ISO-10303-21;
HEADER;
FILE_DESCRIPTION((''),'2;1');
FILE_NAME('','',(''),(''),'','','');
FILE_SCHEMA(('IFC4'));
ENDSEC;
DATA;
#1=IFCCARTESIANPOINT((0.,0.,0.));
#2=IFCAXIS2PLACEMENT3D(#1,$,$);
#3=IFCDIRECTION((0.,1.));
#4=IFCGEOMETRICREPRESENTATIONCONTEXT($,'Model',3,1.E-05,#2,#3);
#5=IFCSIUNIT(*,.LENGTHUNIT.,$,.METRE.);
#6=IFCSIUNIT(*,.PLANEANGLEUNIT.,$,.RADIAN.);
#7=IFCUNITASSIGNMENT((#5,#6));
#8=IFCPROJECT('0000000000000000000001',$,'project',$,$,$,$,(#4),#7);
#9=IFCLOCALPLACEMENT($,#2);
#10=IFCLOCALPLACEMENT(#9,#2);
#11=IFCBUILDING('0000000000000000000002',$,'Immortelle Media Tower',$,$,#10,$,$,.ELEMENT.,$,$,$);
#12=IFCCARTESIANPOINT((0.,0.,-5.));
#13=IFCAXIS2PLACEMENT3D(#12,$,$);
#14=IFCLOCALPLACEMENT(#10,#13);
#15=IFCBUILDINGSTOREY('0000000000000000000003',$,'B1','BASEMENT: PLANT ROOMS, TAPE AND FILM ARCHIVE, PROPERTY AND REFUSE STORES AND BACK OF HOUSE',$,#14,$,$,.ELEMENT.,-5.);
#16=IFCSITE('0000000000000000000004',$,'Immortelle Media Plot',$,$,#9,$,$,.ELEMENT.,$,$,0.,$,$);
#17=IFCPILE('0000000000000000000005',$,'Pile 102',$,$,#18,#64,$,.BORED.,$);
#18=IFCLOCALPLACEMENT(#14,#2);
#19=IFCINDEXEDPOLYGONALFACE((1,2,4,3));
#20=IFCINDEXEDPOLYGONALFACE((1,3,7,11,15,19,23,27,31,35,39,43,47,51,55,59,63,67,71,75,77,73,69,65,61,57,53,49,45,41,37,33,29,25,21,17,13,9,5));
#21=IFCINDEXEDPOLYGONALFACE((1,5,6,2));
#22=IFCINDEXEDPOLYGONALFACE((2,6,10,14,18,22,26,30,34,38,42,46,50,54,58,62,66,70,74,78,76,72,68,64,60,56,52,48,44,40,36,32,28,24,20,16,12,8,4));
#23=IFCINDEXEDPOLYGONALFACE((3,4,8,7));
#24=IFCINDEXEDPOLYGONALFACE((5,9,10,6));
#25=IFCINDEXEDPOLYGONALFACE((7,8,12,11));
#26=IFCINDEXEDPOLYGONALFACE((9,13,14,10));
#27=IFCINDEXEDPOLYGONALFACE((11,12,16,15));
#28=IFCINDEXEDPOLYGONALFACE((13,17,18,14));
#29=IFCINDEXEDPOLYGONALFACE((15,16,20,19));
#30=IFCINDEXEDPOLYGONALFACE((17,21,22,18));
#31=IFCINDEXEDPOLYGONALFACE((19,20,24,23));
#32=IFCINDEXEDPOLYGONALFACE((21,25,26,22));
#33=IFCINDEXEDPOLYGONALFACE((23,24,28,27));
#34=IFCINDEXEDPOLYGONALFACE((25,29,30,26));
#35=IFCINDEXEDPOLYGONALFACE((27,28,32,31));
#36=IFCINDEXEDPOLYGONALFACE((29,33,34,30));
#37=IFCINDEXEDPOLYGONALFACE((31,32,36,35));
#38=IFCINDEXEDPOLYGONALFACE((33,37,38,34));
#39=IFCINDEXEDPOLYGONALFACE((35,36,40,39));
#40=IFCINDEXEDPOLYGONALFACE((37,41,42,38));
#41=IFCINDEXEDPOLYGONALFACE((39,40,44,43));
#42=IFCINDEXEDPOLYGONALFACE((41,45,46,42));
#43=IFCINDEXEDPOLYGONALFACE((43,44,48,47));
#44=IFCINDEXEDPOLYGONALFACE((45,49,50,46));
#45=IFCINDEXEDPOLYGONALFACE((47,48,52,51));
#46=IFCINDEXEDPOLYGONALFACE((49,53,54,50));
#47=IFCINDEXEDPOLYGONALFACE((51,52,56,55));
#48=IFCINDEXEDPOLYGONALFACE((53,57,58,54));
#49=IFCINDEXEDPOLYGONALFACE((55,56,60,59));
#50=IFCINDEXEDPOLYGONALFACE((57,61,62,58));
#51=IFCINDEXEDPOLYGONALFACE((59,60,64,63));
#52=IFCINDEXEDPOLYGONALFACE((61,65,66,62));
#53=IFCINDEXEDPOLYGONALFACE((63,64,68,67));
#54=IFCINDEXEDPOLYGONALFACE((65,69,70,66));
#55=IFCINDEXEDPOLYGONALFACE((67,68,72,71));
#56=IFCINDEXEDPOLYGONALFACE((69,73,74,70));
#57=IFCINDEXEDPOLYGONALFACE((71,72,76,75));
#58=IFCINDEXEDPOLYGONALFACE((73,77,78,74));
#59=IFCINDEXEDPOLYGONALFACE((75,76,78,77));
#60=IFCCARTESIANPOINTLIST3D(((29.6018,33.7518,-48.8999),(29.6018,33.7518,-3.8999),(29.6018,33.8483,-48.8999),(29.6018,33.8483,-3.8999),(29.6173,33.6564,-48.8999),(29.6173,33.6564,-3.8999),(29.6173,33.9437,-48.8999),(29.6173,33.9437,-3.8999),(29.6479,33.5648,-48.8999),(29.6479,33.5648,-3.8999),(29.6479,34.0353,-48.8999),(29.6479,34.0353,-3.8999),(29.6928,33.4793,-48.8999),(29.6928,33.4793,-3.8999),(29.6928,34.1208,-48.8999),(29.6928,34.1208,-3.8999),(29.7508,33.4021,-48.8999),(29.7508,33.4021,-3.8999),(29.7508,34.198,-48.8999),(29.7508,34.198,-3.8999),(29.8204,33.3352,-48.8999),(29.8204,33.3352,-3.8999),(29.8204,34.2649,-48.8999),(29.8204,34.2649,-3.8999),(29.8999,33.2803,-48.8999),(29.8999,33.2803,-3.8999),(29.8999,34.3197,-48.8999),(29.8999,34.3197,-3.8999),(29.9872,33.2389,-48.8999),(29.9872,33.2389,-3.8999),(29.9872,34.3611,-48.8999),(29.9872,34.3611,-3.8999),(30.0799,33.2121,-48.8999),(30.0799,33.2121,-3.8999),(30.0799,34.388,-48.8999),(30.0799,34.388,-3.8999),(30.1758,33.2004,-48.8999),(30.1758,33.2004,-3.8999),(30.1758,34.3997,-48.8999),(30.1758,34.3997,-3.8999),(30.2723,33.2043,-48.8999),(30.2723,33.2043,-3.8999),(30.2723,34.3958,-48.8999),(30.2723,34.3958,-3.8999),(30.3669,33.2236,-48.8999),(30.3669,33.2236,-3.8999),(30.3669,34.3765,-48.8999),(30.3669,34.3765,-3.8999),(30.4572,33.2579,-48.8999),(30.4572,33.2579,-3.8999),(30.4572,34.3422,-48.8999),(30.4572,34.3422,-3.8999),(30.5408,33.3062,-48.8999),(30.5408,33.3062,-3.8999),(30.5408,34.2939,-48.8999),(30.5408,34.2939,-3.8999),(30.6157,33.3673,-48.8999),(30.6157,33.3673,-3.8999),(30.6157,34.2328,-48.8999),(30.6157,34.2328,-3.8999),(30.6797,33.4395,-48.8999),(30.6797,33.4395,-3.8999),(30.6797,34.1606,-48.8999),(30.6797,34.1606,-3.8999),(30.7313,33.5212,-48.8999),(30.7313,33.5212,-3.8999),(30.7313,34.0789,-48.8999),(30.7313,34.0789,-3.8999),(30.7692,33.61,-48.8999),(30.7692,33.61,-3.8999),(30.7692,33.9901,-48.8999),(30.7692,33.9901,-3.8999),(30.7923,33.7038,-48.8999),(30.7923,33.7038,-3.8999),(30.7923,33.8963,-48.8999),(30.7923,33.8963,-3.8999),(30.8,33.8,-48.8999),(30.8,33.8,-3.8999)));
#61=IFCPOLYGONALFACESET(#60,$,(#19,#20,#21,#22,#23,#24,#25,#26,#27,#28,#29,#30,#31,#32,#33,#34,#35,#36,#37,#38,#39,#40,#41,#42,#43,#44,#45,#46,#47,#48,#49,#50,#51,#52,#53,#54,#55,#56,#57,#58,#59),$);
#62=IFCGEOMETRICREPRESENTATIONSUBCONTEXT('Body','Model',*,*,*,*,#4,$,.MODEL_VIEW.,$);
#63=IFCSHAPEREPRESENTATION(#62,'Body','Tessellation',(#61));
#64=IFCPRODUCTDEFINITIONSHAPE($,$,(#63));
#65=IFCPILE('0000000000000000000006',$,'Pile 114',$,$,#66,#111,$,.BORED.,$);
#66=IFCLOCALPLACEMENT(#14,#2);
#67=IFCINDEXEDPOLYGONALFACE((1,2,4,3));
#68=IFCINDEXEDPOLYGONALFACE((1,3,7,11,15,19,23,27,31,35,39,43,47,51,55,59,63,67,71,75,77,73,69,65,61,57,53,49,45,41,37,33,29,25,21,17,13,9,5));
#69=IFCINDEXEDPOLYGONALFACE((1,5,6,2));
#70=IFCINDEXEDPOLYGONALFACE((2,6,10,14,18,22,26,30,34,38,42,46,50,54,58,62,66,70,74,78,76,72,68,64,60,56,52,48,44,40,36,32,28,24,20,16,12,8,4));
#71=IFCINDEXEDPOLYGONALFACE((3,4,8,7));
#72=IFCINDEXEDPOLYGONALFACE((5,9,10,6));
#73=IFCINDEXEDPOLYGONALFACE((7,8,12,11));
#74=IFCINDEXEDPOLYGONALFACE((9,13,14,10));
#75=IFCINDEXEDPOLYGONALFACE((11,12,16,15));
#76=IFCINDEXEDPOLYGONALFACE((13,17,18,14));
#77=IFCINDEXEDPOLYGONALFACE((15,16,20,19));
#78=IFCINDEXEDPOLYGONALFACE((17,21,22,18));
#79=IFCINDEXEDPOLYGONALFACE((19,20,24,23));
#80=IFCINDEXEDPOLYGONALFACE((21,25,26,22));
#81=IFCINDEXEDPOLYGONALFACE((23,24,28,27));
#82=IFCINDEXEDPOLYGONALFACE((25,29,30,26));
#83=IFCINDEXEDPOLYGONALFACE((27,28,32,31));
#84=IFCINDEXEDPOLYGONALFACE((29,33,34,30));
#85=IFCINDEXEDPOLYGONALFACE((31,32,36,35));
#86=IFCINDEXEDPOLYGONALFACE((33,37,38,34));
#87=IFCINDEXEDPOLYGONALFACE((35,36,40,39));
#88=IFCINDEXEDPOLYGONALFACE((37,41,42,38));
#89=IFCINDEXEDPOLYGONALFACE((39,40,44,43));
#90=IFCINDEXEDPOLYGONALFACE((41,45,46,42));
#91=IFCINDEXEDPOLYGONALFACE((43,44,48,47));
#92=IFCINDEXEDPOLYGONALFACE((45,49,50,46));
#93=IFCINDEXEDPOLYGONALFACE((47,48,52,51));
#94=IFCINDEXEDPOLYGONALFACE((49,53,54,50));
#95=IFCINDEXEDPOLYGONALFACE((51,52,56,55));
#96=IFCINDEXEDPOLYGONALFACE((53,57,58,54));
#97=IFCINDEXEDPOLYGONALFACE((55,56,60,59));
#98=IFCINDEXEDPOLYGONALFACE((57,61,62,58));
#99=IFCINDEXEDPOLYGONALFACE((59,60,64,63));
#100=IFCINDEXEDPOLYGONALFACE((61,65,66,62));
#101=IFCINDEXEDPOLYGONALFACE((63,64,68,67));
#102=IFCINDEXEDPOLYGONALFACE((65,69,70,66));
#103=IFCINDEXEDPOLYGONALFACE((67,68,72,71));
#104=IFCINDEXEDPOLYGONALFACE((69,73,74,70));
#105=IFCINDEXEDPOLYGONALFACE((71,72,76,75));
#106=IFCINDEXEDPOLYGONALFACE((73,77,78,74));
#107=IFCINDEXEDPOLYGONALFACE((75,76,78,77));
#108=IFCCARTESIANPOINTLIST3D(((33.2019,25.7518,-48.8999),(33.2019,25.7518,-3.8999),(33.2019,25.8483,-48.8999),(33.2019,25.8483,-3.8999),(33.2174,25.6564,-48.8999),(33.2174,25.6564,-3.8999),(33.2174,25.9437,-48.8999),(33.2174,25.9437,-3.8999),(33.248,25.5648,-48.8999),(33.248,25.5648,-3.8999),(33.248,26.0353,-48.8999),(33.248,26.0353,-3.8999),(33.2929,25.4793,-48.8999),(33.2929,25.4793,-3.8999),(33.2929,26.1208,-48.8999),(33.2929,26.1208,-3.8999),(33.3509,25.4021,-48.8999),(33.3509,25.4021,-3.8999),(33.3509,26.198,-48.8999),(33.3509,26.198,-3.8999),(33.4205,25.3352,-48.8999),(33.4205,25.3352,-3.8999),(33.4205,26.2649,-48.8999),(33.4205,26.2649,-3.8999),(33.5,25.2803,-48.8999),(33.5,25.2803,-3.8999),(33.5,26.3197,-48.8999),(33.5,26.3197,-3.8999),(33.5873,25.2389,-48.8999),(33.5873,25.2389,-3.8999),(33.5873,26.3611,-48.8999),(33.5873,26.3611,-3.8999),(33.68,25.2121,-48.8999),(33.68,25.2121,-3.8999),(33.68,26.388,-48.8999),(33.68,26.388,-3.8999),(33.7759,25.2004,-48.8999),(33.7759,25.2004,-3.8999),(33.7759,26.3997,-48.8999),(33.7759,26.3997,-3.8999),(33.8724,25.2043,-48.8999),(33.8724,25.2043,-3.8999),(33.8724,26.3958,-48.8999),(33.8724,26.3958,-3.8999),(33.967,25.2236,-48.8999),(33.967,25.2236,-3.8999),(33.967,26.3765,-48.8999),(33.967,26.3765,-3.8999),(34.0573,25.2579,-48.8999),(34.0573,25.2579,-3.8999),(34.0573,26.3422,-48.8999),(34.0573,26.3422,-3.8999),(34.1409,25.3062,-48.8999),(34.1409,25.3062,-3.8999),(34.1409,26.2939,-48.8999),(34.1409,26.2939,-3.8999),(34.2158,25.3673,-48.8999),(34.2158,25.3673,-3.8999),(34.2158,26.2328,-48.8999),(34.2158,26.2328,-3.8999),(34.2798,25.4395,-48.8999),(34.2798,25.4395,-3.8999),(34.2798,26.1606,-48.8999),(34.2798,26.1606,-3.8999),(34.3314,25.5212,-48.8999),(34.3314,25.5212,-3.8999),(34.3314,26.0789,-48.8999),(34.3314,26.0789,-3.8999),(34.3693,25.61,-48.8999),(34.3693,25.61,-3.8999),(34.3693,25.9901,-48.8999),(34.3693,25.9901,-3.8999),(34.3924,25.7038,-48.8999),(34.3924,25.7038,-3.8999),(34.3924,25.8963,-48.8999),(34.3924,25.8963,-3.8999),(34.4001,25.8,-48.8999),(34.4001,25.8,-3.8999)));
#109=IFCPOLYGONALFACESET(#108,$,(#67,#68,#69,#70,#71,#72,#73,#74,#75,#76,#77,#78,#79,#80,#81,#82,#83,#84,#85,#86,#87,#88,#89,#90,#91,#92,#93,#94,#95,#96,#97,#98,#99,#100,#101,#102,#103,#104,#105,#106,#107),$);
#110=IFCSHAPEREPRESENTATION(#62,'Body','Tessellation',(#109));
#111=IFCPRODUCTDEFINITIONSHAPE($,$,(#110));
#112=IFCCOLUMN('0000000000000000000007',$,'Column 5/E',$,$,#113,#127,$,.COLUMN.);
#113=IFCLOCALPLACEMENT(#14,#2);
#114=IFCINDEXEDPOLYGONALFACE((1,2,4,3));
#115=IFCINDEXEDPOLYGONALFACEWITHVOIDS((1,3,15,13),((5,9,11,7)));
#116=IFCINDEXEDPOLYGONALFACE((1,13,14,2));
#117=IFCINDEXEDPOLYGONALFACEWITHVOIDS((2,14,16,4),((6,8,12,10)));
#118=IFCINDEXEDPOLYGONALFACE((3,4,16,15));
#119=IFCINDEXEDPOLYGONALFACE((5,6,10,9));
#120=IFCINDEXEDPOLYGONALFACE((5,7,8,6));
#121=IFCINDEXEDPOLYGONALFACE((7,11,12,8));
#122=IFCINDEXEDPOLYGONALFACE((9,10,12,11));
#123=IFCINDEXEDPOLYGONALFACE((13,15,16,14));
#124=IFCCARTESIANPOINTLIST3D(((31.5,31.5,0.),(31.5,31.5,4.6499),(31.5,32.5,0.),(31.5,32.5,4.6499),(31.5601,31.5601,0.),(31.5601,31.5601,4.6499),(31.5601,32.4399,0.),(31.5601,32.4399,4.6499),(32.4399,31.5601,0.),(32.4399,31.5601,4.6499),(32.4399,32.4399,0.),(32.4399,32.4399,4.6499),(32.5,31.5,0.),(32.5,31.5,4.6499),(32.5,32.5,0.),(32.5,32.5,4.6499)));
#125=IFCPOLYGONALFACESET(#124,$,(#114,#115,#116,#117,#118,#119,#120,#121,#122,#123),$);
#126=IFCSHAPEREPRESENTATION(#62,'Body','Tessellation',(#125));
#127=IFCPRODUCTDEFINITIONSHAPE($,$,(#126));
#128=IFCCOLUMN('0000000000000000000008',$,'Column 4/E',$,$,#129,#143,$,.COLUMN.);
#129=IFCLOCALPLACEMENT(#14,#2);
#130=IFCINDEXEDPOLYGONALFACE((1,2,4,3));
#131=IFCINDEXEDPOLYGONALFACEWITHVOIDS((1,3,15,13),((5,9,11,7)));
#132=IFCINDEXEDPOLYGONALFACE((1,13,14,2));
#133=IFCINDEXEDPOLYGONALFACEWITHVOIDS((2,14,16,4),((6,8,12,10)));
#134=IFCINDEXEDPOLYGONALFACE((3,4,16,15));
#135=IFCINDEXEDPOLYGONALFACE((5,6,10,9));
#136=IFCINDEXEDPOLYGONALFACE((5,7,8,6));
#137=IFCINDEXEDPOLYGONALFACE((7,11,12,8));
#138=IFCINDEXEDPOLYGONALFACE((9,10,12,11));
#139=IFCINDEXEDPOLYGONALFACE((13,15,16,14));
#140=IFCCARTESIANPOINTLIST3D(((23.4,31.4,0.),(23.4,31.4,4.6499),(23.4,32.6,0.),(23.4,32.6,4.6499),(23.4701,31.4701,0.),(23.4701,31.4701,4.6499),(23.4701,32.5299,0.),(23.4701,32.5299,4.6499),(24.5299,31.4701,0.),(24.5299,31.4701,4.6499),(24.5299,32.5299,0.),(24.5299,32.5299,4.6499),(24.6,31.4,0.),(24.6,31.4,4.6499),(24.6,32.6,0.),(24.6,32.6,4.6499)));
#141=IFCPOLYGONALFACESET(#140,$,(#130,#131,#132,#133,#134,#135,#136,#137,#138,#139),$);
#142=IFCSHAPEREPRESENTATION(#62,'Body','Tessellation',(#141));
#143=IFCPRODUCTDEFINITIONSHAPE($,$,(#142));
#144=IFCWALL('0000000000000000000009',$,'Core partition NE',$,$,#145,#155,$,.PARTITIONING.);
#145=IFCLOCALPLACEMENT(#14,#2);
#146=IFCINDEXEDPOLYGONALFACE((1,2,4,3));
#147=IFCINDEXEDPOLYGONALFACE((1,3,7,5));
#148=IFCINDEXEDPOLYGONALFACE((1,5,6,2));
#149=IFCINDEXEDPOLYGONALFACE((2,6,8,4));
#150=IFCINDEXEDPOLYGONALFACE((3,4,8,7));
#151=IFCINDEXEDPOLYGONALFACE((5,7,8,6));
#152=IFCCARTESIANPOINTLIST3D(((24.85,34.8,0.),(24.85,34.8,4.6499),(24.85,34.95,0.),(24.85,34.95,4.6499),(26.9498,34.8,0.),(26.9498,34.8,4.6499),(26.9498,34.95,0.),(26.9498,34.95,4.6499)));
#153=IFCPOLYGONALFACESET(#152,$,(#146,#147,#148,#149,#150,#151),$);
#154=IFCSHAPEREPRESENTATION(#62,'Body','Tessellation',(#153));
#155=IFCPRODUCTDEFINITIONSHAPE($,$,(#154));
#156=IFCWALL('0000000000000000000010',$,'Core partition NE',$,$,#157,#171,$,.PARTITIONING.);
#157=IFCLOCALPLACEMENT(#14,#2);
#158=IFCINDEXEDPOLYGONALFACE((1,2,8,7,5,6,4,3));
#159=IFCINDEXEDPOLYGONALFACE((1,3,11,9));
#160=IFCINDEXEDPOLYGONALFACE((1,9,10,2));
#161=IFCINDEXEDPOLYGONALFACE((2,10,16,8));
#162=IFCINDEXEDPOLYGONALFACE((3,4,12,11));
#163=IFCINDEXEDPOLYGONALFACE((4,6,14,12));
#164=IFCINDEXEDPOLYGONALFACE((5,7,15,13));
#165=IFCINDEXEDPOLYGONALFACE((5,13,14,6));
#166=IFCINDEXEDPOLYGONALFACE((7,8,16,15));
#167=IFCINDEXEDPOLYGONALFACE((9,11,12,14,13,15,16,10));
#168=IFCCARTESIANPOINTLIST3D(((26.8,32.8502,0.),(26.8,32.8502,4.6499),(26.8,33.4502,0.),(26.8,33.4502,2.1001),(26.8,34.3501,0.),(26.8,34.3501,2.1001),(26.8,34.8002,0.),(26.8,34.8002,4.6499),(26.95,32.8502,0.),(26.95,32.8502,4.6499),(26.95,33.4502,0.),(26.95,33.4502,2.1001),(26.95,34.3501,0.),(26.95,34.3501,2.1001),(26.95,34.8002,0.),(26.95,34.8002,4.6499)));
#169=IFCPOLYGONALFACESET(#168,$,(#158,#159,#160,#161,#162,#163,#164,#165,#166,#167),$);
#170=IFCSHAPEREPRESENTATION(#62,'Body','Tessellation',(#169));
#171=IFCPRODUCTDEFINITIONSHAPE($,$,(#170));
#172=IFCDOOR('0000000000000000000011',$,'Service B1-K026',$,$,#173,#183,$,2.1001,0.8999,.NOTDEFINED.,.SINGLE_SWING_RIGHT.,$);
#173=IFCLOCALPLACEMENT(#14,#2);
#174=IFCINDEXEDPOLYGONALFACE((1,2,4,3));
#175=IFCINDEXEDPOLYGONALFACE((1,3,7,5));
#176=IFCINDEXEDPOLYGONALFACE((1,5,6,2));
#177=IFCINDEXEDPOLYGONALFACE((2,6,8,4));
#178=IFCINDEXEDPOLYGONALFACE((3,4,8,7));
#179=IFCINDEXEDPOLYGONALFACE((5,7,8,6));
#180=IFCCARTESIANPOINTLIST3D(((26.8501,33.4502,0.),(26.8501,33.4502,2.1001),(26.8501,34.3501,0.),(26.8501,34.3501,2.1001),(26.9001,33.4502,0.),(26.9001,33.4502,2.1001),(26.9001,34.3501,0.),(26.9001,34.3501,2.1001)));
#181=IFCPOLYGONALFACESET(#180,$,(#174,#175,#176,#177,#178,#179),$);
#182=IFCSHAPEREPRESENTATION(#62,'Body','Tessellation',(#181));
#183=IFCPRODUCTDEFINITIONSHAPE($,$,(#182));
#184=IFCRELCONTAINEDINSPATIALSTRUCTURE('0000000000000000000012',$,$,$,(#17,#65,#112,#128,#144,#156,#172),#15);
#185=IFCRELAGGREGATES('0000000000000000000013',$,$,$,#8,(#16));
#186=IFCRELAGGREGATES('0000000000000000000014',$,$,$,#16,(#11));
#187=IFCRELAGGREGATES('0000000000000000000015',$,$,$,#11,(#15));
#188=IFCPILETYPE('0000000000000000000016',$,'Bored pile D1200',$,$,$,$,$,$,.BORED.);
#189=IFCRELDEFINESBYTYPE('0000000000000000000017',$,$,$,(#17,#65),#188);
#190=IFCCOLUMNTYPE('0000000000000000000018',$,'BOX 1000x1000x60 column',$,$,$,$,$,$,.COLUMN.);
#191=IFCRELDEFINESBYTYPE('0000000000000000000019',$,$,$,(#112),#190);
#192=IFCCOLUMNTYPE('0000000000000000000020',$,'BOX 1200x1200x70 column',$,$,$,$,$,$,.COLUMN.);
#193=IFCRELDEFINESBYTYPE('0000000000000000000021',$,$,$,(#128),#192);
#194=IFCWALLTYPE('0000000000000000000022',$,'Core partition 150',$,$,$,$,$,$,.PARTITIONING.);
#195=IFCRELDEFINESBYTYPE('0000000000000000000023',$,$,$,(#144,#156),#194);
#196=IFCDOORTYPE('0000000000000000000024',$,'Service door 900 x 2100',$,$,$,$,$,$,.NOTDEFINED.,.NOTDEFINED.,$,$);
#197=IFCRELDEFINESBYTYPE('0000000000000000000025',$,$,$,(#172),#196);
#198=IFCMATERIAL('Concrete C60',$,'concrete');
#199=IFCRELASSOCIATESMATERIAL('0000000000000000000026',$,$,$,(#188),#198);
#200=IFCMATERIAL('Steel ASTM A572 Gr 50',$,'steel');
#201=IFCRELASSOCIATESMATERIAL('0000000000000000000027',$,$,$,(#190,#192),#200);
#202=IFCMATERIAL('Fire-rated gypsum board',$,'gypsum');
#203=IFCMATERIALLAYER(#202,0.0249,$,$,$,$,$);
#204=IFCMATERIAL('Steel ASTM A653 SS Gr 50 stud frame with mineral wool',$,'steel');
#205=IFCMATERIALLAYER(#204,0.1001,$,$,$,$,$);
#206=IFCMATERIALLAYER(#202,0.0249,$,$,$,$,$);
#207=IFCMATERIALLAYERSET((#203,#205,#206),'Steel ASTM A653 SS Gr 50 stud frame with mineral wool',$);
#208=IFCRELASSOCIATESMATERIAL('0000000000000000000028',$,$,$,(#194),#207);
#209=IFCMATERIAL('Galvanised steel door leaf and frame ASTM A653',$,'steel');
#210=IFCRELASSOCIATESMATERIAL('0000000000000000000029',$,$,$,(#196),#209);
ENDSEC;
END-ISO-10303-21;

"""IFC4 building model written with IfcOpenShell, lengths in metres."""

from ifc_helpers import new_model, si_unit, direction, frame, frame_2d, origin, origin_2d, place, context, subcontext, project, spatial, rectangle, hollow_rectangle, circle, extrude, material, layer, layer_set, material_profile, profile_set, type_object, element, fill, save


model = new_model("IFC4")

# Units and contexts
model_context = context("Model", 3, precision=1e-05, world=origin(), true_north=direction((0.0, 1.0)))
body_context = subcontext(model_context, "Body", "Model", "MODEL_VIEW")
ifc_project = project(units=[si_unit("LENGTHUNIT", "METRE"), si_unit("PLANEANGLEUNIT", "RADIAN")], contexts=[model_context])

# Site, building, storey
site_placement = place(None, origin())
site = spatial("IfcSite", under=ifc_project, at=site_placement, Name="Immortelle Media Plot", CompositionType="ELEMENT", RefElevation=0.0)
building_placement = place(site_placement, origin())
building = spatial("IfcBuilding", under=site, at=building_placement, Name="Immortelle Media Tower", CompositionType="ELEMENT")
storey_placement = place(building_placement, frame((0.0, 0.0, -5.0)))
storey = spatial("IfcBuildingStorey", under=building, at=storey_placement, Name="B1", Description="BASEMENT: PLANT ROOMS, TAPE AND FILM ARCHIVE, PROPERTY AND REFUSE STORES AND BACK OF HOUSE", CompositionType="ELEMENT", Elevation=-5.0)

# Piles
ifc_material_1 = material(Name="Concrete C60", Category="concrete")
ifc_material_profile_1 = material_profile(ifc_material_1, circle(Radius=0.6001, at=origin_2d()), Name="Bored pile D1200")
ifc_profile_set_1 = profile_set([ifc_material_profile_1], Name="Concrete C60")
pile_type = type_object("IfcPileType", Name="Bored pile D1200", PredefinedType="BORED", material=ifc_profile_set_1)
for number, where, z_axis, x_axis, name in (
    (1, (30.2, 33.8, -3.8999), (0.0, 0.0, -1.0), (1.0, 0.0, 0.0), "Pile 102"),
    (2, (33.8, 25.8, -3.8999), (0.0, 0.0, -1.0), (1.0, 0.0, 0.0), "Pile 114"),
):
    element("IfcPile", number, at=place(storey_placement, frame(where, z_axis=z_axis, x_axis=x_axis)), inside=storey, type_object=pile_type, Name=name, PredefinedType="BORED", context=body_context, shape_type="SweptSolid", body=[
        extrude(circle(Radius=0.6001, at=origin_2d()), origin(), (0.0, 0.0, 1.0), 45.0),
    ])

# Columns
ifc_material_2 = material(Name="Steel ASTM A572 Gr 50", Category="steel")
ifc_material_profile_2 = material_profile(ifc_material_2, hollow_rectangle(XDim=1.0, YDim=1.0, WallThickness=0.0601, at=origin_2d()), Name="BOX 1000x1000x60 column")
ifc_profile_set_2 = profile_set([ifc_material_profile_2], Name="Steel ASTM A572 Gr 50")
column_type_1 = type_object("IfcColumnType", Name="BOX 1000x1000x60 column", PredefinedType="COLUMN", material=ifc_profile_set_2)
column_1_placement = place(storey_placement, frame((32.0, 32.0, 0.0), z_axis=(0.0, 0.0, 1.0), x_axis=(1.0, 0.0, 0.0)))
element("IfcColumn", 3, at=column_1_placement, inside=storey, type_object=column_type_1, Name="Column 5/E", PredefinedType="COLUMN", context=body_context, shape_type="SweptSolid", body=[
    extrude(hollow_rectangle(XDim=1.0, YDim=1.0, WallThickness=0.0601, at=origin_2d()), origin(), (0.0, 0.0, 1.0), 4.6499),
])
ifc_material_profile_3 = material_profile(ifc_material_2, hollow_rectangle(XDim=1.2, YDim=1.2, WallThickness=0.0701, at=origin_2d()), Name="BOX 1200x1200x70 column")
ifc_profile_set_3 = profile_set([ifc_material_profile_3], Name="Steel ASTM A572 Gr 50")
column_type_2 = type_object("IfcColumnType", Name="BOX 1200x1200x70 column", PredefinedType="COLUMN", material=ifc_profile_set_3)
column_2_placement = place(storey_placement, frame((24.0, 32.0, 0.0), z_axis=(0.0, 0.0, 1.0), x_axis=(1.0, 0.0, 0.0)))
element("IfcColumn", 4, at=column_2_placement, inside=storey, type_object=column_type_2, Name="Column 4/E", PredefinedType="COLUMN", context=body_context, shape_type="SweptSolid", body=[
    extrude(hollow_rectangle(XDim=1.2, YDim=1.2, WallThickness=0.0701, at=origin_2d()), origin(), (0.0, 0.0, 1.0), 4.6499),
])

# Wall
ifc_material_3 = material(Name="Fire-rated gypsum board", Category="gypsum")
ifc_layer_1 = layer(ifc_material_3, 0.0249)
ifc_material_4 = material(Name="Steel ASTM A653 SS Gr 50 stud frame with mineral wool", Category="steel")
ifc_layer_2 = layer(ifc_material_4, 0.1001)
ifc_layer_3 = layer(ifc_material_3, 0.0249)
ifc_layer_set_1 = layer_set([ifc_layer_1, ifc_layer_2, ifc_layer_3], Name="Steel ASTM A653 SS Gr 50 stud frame with mineral wool")
wall_type_1 = type_object("IfcWallType", Name="Core partition 150", PredefinedType="PARTITIONING", material=ifc_layer_set_1)
wall_1_placement = place(storey_placement, frame((24.8501, 34.875, 0.0), z_axis=(0.0, 0.0, 1.0), x_axis=(1.0, 0.0, 0.0)))
element("IfcWall", 5, at=wall_1_placement, inside=storey, type_object=wall_type_1, Name="Core partition NE", PredefinedType="PARTITIONING", context=body_context, shape_type="SweptSolid", body=[
    extrude(rectangle(XDim=2.0999, YDim=0.1499, at=frame_2d((1.0498, 0.0))), origin(), (0.0, 0.0, 1.0), 4.6499),
])

# Wall, opening, door
wall_2_placement = place(storey_placement, frame((26.875, 32.8501, 0.0), z_axis=(0.0, 0.0, 1.0), x_axis=(0.0, 1.0, 0.0)))
wall_2 = element("IfcWall", 6, at=wall_2_placement, inside=storey, type_object=wall_type_1, Name="Core partition NE", PredefinedType="PARTITIONING", context=body_context, shape_type="SweptSolid", body=[
    extrude(rectangle(XDim=1.95, YDim=0.1499, at=frame_2d((0.9751, 0.0))), origin(), (0.0, 0.0, 1.0), 4.6499),
])
opening_1_placement = place(wall_2_placement, frame((0.6001, 0.0, 0.0)))
opening_1 = element("IfcOpeningElement", 7, at=opening_1_placement, cuts=wall_2, PredefinedType="OPENING", context=body_context, shape_type="SweptSolid", body=[
    extrude(rectangle(XDim=0.8999, YDim=2.1001, at=frame_2d((0.45, 1.05))), frame((0.0, 0.085, 0.0), z_axis=(0.0, -1.0, 0.0), x_axis=(1.0, 0.0, 0.0)), (0.0, 0.0, 1.0), 0.1699),
])
ifc_material_5 = material(Name="Galvanised steel door leaf and frame ASTM A653", Category="steel")
door_type_1 = type_object("IfcDoorType", Name="Service door 900 x 2100", OperationType="NOTDEFINED", PredefinedType="NOTDEFINED", material=ifc_material_5)
door_1_placement = place(opening_1_placement, origin())
door_1 = element("IfcDoor", 8, at=door_1_placement, inside=storey, type_object=door_type_1, Name="Service B1-K026", OperationType="SINGLE_SWING_RIGHT", OverallHeight=2.1001, OverallWidth=0.8999, PredefinedType="NOTDEFINED", context=body_context, shape_type="SweptSolid", body=[
    extrude(rectangle(XDim=0.8999, YDim=2.1001, at=frame_2d((0.45, 1.05))), frame((0.0, 0.0249, 0.0), z_axis=(0.0, -1.0, 0.0), x_axis=(1.0, 0.0, 0.0)), (0.0, 0.0, 1.0), 0.05),
])
fill(opening_1, door_1)

save(model, "model.ifc")
